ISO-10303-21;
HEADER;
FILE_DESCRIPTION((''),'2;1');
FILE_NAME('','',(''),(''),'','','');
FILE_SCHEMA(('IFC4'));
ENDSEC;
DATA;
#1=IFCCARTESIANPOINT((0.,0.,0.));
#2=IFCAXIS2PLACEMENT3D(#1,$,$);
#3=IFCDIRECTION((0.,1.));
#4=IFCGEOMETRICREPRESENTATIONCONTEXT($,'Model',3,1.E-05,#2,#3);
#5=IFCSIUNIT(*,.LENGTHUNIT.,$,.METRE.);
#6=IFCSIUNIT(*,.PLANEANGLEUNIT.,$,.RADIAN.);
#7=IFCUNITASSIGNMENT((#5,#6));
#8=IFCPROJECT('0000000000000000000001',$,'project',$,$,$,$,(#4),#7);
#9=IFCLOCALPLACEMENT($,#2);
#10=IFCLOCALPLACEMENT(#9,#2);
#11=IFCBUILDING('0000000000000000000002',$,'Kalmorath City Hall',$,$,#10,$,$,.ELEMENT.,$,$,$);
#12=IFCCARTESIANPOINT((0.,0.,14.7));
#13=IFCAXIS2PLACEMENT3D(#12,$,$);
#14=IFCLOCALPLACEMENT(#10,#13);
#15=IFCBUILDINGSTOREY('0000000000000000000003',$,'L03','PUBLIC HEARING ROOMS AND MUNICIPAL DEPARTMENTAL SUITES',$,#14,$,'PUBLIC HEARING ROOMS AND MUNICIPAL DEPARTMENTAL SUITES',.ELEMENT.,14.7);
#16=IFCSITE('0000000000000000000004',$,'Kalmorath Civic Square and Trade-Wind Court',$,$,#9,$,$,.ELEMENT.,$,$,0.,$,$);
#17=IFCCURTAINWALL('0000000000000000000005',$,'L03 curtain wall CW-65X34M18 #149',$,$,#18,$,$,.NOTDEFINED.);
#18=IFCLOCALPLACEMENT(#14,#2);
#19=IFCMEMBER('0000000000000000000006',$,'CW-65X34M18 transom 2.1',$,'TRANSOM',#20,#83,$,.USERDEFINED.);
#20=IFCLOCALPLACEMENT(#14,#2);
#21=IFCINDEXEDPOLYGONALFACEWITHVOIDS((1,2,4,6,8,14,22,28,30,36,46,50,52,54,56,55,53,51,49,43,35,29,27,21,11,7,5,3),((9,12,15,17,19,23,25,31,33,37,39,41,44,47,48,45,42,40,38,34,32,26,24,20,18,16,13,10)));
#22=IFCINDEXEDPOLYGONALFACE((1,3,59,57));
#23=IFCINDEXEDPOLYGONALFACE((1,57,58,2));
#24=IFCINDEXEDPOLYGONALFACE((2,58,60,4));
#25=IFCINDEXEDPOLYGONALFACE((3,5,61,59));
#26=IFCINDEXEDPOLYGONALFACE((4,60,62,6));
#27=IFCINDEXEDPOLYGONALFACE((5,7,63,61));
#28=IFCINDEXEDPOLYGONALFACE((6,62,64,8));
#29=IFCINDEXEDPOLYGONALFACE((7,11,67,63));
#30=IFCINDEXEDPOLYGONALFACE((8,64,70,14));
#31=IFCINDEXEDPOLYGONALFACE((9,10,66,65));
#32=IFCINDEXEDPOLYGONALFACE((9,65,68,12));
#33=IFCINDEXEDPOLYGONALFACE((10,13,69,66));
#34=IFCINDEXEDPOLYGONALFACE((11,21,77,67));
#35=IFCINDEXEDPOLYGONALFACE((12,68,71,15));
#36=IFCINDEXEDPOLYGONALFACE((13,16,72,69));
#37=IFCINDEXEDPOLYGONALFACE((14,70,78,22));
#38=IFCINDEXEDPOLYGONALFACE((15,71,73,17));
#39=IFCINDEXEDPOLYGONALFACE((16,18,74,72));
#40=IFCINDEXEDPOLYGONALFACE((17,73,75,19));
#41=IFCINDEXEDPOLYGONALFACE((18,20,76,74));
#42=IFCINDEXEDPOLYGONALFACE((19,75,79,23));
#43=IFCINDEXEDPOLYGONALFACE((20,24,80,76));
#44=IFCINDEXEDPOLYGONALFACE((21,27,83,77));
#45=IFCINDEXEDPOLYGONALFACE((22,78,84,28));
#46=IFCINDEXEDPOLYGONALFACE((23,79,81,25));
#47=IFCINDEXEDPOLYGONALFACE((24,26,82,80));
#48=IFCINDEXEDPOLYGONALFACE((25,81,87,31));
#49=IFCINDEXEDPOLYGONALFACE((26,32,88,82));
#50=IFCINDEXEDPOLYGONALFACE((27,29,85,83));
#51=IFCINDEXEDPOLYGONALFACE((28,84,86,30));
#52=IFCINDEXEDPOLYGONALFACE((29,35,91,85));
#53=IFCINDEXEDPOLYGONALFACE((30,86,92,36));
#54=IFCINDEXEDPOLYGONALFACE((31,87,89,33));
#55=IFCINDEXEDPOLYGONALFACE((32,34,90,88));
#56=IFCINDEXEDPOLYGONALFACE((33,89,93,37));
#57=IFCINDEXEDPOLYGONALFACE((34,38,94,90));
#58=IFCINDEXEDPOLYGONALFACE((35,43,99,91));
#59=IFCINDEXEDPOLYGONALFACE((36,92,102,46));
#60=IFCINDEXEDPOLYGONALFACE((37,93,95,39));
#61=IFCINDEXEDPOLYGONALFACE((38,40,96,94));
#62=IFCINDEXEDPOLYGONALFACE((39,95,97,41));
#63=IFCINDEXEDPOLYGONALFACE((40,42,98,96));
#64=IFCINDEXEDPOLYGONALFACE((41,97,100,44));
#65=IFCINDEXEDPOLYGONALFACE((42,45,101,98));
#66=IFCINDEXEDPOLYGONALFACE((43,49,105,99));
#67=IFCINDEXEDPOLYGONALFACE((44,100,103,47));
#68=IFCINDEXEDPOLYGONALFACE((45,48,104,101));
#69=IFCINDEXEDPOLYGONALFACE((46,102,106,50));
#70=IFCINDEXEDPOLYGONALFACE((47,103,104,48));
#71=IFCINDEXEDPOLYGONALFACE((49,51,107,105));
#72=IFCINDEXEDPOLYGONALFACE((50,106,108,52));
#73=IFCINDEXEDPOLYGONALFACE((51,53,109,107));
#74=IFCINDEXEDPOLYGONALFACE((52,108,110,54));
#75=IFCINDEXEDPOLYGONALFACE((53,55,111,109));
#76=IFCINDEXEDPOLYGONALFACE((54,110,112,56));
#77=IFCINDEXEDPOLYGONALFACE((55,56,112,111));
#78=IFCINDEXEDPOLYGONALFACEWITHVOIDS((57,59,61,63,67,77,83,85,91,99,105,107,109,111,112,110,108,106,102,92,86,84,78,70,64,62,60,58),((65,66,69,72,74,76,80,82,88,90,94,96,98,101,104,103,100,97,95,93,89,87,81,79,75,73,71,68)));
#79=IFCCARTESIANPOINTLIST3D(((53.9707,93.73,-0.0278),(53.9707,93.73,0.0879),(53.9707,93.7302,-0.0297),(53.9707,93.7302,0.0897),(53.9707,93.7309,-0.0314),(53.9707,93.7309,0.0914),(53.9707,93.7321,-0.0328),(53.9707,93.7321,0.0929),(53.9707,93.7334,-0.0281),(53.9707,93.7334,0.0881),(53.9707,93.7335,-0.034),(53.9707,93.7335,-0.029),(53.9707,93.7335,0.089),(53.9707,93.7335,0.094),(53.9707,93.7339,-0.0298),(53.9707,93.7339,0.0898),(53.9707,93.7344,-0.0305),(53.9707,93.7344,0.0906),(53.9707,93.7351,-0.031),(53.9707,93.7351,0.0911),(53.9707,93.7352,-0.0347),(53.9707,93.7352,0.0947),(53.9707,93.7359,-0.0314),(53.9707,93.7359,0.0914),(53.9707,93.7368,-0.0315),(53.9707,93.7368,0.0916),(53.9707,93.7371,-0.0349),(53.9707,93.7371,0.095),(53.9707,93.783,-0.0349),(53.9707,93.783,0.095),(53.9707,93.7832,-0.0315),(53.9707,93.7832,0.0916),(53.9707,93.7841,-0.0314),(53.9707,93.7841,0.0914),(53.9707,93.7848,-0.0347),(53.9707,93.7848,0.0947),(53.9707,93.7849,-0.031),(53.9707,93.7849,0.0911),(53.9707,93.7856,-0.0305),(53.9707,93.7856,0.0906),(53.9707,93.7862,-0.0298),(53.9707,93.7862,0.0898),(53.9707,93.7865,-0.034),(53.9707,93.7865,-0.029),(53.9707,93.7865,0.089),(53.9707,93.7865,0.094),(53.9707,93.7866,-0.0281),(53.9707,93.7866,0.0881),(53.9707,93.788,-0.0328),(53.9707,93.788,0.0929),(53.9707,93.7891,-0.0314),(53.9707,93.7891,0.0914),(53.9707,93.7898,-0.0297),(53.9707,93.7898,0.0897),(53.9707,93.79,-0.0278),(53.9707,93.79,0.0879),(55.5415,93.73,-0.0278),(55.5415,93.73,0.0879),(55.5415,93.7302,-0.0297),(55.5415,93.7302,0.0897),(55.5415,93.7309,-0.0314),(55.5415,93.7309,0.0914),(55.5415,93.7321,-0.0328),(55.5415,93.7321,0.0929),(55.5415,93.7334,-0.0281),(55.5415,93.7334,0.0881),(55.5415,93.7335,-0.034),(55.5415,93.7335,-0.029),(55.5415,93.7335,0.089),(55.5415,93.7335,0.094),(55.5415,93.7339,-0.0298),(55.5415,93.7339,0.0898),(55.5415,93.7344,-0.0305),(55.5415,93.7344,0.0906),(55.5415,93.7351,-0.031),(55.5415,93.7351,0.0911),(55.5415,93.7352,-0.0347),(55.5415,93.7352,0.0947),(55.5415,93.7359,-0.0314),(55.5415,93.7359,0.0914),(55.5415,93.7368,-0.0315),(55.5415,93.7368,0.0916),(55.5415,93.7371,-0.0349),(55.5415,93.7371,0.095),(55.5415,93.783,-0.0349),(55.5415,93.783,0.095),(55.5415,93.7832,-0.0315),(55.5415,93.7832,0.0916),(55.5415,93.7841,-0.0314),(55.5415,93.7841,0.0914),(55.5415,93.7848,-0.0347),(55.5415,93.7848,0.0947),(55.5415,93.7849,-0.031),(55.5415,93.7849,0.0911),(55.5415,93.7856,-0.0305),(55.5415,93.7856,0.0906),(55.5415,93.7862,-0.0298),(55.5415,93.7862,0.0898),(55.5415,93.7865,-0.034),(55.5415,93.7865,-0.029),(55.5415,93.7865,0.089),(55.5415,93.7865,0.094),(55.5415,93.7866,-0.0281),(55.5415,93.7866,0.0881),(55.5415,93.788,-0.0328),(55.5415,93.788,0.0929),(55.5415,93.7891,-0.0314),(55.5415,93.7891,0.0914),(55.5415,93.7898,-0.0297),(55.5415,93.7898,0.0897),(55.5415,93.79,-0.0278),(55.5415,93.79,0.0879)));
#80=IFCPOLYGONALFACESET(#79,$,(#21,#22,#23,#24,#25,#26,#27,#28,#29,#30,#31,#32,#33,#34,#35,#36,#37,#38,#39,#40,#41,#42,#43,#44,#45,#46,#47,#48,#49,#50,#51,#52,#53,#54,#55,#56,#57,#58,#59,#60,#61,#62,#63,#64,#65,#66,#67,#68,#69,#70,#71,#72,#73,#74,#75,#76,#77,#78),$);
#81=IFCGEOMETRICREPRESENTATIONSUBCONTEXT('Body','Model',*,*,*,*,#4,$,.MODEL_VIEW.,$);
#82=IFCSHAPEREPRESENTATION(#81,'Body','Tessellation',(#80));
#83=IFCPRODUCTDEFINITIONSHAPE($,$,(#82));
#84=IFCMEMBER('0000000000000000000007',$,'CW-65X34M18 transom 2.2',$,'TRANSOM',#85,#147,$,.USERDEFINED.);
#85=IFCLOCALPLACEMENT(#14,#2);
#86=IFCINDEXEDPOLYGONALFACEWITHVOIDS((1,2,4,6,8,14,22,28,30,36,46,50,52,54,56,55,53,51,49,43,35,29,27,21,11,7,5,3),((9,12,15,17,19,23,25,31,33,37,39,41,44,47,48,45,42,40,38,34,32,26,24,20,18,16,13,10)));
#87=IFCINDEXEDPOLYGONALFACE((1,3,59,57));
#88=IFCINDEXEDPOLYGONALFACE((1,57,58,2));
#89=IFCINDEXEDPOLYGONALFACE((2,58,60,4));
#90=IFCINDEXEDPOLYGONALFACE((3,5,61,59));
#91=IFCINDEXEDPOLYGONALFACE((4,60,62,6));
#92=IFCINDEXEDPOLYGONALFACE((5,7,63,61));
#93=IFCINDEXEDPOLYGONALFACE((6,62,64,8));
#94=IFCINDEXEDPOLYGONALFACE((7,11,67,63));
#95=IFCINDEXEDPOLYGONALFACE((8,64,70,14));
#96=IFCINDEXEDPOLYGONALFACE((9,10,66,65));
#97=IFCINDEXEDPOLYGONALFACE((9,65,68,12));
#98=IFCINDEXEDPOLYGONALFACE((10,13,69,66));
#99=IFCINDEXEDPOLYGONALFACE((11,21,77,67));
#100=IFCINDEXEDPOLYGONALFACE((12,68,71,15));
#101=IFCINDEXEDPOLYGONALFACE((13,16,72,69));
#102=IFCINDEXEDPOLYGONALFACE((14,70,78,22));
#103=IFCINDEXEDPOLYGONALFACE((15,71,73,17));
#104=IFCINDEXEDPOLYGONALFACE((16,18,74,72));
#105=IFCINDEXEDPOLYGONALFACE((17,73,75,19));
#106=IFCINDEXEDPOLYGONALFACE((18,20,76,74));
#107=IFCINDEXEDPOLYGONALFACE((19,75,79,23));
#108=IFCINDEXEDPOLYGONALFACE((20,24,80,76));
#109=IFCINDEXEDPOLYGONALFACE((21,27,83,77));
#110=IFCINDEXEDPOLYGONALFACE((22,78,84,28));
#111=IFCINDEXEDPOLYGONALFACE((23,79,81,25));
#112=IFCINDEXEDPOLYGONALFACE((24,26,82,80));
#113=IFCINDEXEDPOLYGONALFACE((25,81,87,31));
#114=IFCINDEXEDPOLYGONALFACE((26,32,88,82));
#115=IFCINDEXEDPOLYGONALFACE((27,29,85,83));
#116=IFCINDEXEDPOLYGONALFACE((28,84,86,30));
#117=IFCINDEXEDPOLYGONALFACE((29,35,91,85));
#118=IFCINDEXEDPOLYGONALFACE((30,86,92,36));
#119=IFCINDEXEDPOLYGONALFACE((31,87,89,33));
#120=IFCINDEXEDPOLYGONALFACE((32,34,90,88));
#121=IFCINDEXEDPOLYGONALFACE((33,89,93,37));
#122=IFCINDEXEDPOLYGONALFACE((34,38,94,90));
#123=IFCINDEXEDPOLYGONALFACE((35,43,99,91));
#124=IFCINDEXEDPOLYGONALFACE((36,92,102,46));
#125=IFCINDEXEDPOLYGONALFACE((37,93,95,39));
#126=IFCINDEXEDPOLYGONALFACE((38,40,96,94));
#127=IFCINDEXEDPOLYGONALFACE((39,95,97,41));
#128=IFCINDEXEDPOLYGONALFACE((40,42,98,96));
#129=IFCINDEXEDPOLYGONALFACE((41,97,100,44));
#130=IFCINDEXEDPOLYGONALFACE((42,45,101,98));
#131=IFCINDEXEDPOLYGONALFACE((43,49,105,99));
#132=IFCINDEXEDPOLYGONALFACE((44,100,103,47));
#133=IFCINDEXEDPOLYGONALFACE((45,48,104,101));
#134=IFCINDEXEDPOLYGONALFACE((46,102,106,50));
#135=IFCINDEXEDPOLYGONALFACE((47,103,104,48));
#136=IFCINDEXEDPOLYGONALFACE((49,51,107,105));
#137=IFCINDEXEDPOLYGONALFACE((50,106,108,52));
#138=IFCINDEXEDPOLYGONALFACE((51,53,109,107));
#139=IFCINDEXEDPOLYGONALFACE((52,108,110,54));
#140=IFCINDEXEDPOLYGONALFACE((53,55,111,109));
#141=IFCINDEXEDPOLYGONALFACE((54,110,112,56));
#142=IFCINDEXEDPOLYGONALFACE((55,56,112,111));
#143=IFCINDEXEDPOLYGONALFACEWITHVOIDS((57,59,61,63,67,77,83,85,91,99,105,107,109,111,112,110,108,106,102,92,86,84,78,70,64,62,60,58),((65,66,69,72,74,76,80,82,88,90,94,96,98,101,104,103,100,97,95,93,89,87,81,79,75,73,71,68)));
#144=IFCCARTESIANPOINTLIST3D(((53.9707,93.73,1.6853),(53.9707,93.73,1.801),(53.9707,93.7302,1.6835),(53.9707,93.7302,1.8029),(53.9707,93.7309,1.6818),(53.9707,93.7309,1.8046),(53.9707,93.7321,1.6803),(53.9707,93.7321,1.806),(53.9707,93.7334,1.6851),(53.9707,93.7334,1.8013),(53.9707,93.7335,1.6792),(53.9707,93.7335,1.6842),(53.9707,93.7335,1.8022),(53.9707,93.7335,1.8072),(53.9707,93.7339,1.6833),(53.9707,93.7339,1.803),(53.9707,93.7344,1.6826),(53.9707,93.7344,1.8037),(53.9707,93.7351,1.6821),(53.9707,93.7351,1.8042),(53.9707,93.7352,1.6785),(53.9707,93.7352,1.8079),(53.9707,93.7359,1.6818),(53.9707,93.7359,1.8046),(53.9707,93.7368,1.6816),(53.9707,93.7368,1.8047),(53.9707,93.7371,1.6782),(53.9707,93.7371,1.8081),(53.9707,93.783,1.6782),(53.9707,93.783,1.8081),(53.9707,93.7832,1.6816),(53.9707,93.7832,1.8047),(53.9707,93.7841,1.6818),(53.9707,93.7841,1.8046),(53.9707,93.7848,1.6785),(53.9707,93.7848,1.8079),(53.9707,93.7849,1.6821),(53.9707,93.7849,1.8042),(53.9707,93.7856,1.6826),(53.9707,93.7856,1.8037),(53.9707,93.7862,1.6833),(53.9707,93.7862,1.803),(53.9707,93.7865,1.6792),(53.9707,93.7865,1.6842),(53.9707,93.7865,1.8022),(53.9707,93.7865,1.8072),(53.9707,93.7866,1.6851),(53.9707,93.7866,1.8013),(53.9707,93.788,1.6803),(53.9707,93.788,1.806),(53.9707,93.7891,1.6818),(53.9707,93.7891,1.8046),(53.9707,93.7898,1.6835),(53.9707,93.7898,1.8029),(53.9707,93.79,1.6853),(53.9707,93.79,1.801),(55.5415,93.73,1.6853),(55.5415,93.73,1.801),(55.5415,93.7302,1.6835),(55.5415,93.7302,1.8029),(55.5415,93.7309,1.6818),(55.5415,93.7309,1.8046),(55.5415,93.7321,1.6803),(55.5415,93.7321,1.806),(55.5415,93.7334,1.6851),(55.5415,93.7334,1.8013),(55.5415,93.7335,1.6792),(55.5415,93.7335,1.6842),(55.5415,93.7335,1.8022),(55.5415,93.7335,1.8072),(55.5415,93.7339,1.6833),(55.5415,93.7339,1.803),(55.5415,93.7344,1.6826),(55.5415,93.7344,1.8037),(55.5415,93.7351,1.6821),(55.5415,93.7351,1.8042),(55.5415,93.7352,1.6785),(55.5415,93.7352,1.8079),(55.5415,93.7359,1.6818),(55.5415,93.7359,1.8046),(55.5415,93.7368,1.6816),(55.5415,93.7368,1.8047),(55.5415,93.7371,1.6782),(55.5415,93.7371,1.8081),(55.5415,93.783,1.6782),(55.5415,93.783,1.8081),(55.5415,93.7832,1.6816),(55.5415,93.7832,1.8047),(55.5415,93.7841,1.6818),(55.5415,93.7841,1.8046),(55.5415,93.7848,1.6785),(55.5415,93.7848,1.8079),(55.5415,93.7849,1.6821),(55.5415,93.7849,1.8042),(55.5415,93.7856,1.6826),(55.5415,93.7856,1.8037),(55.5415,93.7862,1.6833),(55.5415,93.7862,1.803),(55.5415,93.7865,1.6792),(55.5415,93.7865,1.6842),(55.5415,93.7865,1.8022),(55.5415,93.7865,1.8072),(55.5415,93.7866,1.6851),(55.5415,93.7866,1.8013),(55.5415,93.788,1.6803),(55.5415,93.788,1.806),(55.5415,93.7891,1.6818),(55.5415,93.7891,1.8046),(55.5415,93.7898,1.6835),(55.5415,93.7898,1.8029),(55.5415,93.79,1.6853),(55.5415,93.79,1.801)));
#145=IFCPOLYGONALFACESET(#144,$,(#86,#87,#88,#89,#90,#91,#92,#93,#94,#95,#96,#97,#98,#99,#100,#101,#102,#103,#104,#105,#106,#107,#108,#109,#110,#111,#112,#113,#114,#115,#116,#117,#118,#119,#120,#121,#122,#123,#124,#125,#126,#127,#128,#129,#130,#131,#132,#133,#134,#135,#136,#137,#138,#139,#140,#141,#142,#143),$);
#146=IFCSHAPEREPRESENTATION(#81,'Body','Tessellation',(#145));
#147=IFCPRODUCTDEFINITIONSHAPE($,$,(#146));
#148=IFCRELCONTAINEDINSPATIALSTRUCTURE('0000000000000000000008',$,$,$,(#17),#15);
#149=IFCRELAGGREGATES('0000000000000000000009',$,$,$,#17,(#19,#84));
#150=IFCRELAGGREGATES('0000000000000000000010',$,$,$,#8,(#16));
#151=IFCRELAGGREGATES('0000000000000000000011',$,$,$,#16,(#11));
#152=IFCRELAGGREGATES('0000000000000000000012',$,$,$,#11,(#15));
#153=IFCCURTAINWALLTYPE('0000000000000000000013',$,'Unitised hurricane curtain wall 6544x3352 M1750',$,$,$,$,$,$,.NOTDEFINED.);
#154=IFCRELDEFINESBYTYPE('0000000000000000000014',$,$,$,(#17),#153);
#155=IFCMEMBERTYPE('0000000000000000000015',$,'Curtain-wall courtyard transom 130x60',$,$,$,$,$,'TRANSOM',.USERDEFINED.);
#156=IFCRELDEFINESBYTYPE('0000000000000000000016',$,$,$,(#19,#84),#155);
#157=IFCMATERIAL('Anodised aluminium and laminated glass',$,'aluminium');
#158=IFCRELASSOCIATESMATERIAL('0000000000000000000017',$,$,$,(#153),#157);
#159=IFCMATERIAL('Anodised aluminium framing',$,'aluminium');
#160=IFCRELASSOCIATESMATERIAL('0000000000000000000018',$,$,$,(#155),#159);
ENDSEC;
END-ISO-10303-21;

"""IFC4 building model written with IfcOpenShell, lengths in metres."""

from ifc_helpers import new_model, si_unit, direction, frame, origin, origin_2d, place, context, subcontext, project, spatial, hollow_rectangle, extrude, material, material_profile, profile_set, type_object, element, aggregate, save


model = new_model("IFC4")

# Units and contexts
model_context = context("Model", 3, precision=1e-05, world=origin(), true_north=direction((0.0, 1.0)))
body_context = subcontext(model_context, "Body", "Model", "MODEL_VIEW")
ifc_project = project(units=[si_unit("LENGTHUNIT", "METRE"), si_unit("PLANEANGLEUNIT", "RADIAN")], contexts=[model_context])

# Site, building, storey
site_placement = place(None, origin())
site = spatial("IfcSite", under=ifc_project, at=site_placement, Name="Kalmorath Civic Square and Trade-Wind Court", CompositionType="ELEMENT", RefElevation=0.0)
building_placement = place(site_placement, origin())
building = spatial("IfcBuilding", under=site, at=building_placement, Name="Kalmorath City Hall", CompositionType="ELEMENT")
storey_placement = place(building_placement, frame((0.0, 0.0, 14.7)))
storey = spatial("IfcBuildingStorey", under=building, at=storey_placement, Name="L03", Description="PUBLIC HEARING ROOMS AND MUNICIPAL DEPARTMENTAL SUITES", LongName="PUBLIC HEARING ROOMS AND MUNICIPAL DEPARTMENTAL SUITES", CompositionType="ELEMENT", Elevation=14.7)

# Curtain wall, members
ifc_material_1 = material(Name="Anodised aluminium and laminated glass", Category="aluminium")
curtain_wall_type_1 = type_object("IfcCurtainWallType", Name="Unitised hurricane curtain wall 6544x3352 M1750", PredefinedType="NOTDEFINED", material=ifc_material_1)
curtain_wall_1_placement = place(storey_placement, origin())
curtain_wall_1 = element("IfcCurtainWall", 1, at=curtain_wall_1_placement, inside=storey, type_object=curtain_wall_type_1, Name="L03 curtain wall CW-65X34M18 #149", PredefinedType="NOTDEFINED")
ifc_material_2 = material(Name="Anodised aluminium framing", Category="aluminium")
ifc_material_profile_1 = material_profile(ifc_material_2, hollow_rectangle(XDim=0.0601, YDim=0.1299, WallThickness=0.0034, InnerFilletRadius=0.0034, OuterFilletRadius=0.0071, at=origin_2d()), Name="ALU-TRN-130X60X3.5")
ifc_profile_set_1 = profile_set([ifc_material_profile_1], Name="Anodised aluminium framing")
member_type_1 = type_object("IfcMemberType", Name="Curtain-wall courtyard transom 130x60", ElementType="TRANSOM", PredefinedType="USERDEFINED", material=ifc_profile_set_1)
member_1_placement = place(storey_placement, frame((55.5415, 93.76, 0.03), z_axis=(-1.0, 0.0, 0.0), x_axis=(0.0, -1.0, 0.0)))
member_1 = element("IfcMember", 2, at=member_1_placement, type_object=member_type_1, Name="CW-65X34M18 transom 2.1", ObjectType="TRANSOM", PredefinedType="USERDEFINED", context=body_context, shape_type="SweptSolid", body=[
    extrude(hollow_rectangle(XDim=0.0601, YDim=0.1299, WallThickness=0.0034, InnerFilletRadius=0.0034, OuterFilletRadius=0.0071, at=origin_2d()), origin(), (0.0, 0.0, 1.0), 1.5708),
])
member_2_placement = place(storey_placement, frame((55.5415, 93.76, 1.7432), z_axis=(-1.0, 0.0, 0.0), x_axis=(0.0, -1.0, 0.0)))
member_2 = element("IfcMember", 3, at=member_2_placement, type_object=member_type_1, Name="CW-65X34M18 transom 2.2", ObjectType="TRANSOM", PredefinedType="USERDEFINED", context=body_context, shape_type="SweptSolid", body=[
    extrude(hollow_rectangle(XDim=0.0601, YDim=0.1299, WallThickness=0.0034, InnerFilletRadius=0.0034, OuterFilletRadius=0.0071, at=origin_2d()), origin(), (0.0, 0.0, 1.0), 1.5708),
])

aggregate(curtain_wall_1, [member_1, member_2])

save(model, "model.ifc")
